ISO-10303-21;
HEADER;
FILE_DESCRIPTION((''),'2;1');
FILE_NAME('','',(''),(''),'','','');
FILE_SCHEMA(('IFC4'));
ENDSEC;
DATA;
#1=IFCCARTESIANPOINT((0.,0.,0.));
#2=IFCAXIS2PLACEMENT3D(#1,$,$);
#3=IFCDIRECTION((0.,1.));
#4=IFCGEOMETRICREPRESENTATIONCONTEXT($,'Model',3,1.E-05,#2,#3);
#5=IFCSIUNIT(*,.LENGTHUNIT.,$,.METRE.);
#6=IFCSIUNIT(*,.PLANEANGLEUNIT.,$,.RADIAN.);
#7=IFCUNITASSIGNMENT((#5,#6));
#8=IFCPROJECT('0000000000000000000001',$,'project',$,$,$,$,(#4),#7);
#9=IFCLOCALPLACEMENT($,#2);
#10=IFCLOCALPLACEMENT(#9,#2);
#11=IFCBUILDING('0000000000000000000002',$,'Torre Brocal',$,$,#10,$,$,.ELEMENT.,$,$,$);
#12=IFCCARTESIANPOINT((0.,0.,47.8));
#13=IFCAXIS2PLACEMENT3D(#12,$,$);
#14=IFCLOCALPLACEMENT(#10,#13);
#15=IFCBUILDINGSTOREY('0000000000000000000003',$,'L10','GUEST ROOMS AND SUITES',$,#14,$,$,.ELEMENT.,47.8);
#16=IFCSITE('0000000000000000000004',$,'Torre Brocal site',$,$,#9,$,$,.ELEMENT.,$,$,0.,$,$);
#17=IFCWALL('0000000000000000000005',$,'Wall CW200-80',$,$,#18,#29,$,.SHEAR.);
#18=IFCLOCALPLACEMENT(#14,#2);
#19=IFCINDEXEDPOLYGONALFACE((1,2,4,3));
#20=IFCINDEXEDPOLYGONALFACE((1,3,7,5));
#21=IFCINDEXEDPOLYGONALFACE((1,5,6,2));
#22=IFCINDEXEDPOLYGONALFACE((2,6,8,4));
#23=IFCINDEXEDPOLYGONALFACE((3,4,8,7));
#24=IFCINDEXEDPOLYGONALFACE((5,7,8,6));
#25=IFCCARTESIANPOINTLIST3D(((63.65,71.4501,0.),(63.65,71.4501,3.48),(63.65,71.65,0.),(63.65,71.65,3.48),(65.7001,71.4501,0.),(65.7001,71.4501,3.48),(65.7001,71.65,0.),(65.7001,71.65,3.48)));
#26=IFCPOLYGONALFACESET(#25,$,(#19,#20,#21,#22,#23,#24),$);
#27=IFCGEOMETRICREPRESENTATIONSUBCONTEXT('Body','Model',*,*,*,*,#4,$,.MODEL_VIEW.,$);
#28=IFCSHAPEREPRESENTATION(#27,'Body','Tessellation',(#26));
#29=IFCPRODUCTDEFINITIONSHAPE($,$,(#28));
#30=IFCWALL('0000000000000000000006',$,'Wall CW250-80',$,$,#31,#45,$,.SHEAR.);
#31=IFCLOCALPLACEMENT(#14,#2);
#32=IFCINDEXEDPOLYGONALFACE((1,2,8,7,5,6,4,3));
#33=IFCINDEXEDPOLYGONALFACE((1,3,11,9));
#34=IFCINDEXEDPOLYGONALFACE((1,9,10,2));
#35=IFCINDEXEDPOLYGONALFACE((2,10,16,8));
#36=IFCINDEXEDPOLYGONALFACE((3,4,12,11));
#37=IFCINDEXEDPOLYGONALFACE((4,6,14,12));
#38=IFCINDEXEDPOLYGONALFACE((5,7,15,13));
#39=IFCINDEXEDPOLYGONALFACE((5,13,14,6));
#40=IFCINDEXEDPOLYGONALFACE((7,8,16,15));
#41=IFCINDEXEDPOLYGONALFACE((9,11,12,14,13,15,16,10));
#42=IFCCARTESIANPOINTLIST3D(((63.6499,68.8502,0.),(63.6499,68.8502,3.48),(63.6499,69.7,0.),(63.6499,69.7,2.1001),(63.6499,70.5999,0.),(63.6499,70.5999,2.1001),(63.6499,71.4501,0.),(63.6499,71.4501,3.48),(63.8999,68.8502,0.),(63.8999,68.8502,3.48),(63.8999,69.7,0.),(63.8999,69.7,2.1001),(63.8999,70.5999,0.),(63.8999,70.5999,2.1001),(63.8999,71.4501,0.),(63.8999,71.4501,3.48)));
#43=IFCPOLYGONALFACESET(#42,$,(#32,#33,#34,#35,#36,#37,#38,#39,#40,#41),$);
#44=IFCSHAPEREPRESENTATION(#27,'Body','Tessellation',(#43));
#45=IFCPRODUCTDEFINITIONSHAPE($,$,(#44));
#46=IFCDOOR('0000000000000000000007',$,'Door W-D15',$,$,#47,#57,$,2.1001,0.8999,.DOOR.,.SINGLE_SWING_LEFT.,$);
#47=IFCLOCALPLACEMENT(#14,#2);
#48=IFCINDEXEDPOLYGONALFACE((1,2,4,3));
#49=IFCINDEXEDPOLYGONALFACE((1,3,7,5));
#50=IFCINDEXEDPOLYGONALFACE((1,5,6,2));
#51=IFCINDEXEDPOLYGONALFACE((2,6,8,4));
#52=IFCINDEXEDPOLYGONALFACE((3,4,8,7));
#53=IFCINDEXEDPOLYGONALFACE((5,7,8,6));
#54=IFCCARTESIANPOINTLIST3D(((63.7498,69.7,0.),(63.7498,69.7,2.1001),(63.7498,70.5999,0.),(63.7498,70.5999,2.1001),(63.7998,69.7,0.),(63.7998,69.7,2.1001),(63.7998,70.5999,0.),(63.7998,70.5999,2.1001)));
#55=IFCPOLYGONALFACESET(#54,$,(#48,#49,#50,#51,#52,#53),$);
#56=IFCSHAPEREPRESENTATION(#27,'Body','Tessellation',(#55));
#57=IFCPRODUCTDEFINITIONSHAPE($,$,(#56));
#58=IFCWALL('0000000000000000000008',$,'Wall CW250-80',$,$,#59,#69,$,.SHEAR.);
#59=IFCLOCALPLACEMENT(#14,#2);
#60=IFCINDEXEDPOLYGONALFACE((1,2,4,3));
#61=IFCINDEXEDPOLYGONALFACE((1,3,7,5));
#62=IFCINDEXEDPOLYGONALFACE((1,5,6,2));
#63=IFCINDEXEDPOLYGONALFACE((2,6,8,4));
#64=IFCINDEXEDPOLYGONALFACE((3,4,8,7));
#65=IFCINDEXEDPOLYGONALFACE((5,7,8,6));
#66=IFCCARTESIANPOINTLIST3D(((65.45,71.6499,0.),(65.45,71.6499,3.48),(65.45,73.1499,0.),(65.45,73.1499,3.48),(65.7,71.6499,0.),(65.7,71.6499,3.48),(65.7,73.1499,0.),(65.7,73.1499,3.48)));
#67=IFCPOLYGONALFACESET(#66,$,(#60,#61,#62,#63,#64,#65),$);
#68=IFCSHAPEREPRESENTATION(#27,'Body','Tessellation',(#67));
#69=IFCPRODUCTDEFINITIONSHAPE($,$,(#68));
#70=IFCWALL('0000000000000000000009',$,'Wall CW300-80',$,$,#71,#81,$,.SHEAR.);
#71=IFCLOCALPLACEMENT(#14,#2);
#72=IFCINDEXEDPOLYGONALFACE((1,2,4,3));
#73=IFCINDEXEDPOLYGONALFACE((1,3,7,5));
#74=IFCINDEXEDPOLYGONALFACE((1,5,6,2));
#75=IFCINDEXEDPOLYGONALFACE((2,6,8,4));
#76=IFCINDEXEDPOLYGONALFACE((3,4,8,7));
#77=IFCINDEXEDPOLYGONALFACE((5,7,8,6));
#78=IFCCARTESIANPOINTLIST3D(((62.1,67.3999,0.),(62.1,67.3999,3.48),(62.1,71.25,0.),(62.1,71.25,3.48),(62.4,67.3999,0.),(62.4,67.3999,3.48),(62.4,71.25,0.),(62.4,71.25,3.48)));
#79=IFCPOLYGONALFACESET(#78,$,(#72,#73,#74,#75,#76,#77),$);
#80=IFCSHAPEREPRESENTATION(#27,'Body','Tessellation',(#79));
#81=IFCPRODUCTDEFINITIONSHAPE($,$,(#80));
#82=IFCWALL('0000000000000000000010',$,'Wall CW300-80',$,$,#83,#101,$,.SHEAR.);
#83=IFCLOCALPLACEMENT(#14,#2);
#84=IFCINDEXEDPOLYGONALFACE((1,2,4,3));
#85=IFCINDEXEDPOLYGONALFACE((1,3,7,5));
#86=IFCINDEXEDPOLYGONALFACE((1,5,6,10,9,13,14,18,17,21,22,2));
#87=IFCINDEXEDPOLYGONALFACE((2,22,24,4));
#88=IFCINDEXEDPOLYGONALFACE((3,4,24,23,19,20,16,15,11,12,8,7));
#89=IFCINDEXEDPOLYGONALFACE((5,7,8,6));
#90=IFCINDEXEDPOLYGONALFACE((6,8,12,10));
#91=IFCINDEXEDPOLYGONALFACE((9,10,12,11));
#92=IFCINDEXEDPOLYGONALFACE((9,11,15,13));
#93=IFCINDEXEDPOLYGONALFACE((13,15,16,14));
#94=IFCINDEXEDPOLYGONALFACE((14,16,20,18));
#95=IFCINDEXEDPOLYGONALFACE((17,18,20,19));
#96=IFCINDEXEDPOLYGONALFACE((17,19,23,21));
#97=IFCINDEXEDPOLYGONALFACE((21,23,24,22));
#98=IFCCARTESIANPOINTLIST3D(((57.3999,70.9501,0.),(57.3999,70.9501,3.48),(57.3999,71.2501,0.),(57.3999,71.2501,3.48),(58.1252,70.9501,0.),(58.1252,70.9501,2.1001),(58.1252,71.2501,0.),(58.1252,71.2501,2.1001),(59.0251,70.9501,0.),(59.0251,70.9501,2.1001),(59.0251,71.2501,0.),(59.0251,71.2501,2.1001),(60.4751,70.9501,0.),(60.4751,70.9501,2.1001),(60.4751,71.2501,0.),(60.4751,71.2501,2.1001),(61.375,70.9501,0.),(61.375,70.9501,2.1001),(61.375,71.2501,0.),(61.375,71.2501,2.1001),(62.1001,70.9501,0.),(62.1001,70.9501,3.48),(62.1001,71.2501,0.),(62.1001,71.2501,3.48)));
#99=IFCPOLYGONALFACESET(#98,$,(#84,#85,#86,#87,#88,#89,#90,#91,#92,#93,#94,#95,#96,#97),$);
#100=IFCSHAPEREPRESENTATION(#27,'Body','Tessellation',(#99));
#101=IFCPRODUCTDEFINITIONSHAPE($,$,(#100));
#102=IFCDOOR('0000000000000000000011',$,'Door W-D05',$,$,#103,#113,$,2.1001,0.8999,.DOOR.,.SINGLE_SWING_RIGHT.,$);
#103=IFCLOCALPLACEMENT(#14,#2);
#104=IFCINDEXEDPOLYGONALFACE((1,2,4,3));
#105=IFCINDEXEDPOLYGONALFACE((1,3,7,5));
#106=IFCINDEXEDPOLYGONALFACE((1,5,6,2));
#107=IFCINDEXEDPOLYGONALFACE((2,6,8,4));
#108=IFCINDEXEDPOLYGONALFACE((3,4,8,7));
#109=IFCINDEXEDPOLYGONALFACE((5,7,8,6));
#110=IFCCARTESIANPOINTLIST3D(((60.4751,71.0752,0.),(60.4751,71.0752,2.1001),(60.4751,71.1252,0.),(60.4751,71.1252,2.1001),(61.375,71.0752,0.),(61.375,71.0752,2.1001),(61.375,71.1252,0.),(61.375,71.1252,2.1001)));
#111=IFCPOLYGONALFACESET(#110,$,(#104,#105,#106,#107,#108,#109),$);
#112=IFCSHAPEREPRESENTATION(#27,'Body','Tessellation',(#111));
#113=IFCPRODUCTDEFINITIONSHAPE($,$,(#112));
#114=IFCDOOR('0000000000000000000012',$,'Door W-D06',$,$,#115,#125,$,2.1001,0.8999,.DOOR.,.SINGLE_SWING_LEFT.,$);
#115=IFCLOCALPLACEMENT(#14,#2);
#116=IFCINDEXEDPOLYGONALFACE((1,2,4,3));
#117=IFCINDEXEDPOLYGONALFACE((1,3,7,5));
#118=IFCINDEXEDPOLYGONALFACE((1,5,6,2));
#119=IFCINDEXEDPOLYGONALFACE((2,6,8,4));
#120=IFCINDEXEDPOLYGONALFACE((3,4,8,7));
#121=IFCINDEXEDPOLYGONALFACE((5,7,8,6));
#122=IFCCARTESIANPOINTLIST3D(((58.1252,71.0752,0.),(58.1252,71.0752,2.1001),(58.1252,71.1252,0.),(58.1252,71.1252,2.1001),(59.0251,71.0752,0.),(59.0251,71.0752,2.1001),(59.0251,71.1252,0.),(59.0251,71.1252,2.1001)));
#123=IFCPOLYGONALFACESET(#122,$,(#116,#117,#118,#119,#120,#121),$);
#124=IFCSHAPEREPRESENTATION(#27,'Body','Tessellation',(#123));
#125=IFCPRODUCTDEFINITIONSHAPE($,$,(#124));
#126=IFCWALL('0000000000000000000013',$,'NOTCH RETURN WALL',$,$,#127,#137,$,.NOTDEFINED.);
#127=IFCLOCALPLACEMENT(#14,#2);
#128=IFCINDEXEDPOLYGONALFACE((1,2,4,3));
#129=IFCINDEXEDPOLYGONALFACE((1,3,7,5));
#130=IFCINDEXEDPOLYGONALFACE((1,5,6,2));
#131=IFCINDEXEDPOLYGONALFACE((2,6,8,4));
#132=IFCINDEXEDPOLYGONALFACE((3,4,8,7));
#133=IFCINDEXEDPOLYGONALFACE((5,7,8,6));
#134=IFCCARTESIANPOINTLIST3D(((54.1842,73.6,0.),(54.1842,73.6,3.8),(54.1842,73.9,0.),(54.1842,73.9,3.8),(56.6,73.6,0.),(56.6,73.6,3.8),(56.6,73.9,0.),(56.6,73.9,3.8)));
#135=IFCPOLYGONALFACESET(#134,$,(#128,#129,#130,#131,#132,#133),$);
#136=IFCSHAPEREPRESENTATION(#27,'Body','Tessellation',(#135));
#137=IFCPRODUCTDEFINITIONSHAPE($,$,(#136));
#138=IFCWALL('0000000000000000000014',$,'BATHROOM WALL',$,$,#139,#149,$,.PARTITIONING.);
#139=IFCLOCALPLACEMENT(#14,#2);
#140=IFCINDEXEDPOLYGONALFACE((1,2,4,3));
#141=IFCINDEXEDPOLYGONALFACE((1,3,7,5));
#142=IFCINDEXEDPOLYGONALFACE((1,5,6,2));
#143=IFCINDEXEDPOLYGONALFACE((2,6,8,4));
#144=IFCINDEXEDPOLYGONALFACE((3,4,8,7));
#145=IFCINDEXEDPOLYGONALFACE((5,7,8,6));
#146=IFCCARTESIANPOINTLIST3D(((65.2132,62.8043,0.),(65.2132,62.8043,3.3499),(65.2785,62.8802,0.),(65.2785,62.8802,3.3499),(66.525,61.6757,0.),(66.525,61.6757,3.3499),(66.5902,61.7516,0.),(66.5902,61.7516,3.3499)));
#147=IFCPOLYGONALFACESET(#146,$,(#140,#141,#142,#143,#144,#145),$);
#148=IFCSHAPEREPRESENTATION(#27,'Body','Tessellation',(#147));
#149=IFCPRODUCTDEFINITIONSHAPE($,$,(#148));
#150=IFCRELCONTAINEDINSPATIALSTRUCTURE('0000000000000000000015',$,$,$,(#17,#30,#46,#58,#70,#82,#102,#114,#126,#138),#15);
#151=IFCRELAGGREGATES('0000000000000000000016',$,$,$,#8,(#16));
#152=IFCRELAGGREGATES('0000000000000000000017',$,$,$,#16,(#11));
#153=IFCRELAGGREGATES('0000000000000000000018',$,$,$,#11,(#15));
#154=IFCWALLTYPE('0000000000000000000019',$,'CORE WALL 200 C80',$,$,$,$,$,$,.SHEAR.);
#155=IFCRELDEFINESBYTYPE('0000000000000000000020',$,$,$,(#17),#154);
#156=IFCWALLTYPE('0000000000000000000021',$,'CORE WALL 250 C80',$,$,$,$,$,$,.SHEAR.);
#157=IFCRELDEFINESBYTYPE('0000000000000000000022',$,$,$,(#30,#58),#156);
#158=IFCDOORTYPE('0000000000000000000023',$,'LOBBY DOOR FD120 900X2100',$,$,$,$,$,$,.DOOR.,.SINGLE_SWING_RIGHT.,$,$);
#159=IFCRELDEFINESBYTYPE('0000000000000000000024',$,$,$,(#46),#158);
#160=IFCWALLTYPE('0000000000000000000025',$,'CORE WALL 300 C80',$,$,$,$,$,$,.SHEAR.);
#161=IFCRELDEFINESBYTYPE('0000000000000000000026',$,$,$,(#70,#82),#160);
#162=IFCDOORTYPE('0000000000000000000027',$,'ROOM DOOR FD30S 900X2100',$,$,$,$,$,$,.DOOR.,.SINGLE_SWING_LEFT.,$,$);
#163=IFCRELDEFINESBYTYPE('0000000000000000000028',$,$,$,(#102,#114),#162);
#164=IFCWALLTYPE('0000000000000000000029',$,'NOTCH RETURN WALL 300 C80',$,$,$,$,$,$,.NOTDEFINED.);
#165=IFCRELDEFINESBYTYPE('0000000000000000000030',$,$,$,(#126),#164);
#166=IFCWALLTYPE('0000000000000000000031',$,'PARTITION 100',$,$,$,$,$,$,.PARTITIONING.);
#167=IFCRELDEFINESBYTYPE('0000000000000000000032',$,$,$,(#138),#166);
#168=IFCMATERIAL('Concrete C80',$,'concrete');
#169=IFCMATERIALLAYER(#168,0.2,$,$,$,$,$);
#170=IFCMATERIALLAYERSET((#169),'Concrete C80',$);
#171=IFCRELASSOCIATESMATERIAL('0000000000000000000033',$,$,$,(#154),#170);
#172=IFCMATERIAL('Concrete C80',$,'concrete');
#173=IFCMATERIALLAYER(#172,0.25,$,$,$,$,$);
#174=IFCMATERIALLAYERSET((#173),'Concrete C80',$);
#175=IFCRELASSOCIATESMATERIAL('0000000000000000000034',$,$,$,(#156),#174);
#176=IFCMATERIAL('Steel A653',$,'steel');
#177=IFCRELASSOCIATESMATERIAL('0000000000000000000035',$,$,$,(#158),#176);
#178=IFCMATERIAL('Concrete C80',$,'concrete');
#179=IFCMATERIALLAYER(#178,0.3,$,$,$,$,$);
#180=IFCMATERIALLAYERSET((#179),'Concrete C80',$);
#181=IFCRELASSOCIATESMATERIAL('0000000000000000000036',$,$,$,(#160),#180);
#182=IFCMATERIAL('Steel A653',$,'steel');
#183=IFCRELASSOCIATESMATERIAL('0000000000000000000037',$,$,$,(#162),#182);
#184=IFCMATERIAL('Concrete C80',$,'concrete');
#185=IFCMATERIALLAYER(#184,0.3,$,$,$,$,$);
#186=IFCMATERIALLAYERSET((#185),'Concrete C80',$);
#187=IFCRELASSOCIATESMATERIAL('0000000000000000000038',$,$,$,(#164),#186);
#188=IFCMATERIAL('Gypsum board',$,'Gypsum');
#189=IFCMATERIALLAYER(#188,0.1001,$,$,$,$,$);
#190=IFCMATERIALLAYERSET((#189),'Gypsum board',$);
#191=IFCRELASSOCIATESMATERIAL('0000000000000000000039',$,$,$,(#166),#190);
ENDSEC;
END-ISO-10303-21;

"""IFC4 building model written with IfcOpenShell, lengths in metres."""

from ifc_helpers import new_model, si_unit, direction, frame, frame_2d, origin, place, context, subcontext, project, spatial, rectangle, extrude, material, layer, layer_set, type_object, element, fill, save


model = new_model("IFC4")

# Units and contexts
model_context = context("Model", 3, precision=1e-05, world=origin(), true_north=direction((0.0, 1.0)))
body_context = subcontext(model_context, "Body", "Model", "MODEL_VIEW")
ifc_project = project(units=[si_unit("LENGTHUNIT", "METRE"), si_unit("PLANEANGLEUNIT", "RADIAN")], contexts=[model_context])

# Site, building, storey
site_placement = place(None, origin())
site = spatial("IfcSite", under=ifc_project, at=site_placement, Name="Torre Brocal site", CompositionType="ELEMENT", RefElevation=0.0)
building_placement = place(site_placement, origin())
building = spatial("IfcBuilding", under=site, at=building_placement, Name="Torre Brocal", CompositionType="ELEMENT")
storey_placement = place(building_placement, frame((0.0, 0.0, 47.8)))
storey = spatial("IfcBuildingStorey", under=building, at=storey_placement, Name="L10", Description="GUEST ROOMS AND SUITES", CompositionType="ELEMENT", Elevation=47.8)

# Wall
ifc_material_1 = material(Name="Concrete C80", Category="concrete")
ifc_layer_1 = layer(ifc_material_1, 0.2)
ifc_layer_set_1 = layer_set([ifc_layer_1], Name="Concrete C80")
wall_type_1 = type_object("IfcWallType", Name="CORE WALL 200 C80", PredefinedType="SHEAR", material=ifc_layer_set_1)
wall_1_placement = place(storey_placement, frame((65.7, 71.55, 0.0), z_axis=(0.0, 0.0, 1.0), x_axis=(-1.0, 0.0, 0.0)))
element("IfcWall", 1, at=wall_1_placement, inside=storey, type_object=wall_type_1, Name="Wall CW200-80", PredefinedType="SHEAR", context=body_context, shape_type="SweptSolid", body=[
    extrude(rectangle(XDim=2.05, YDim=0.2, at=frame_2d((1.0249, 0.0))), origin(), (0.0, 0.0, 1.0), 3.48),
])

# Wall, opening, door
ifc_material_2 = material(Name="Concrete C80", Category="concrete")
ifc_layer_2 = layer(ifc_material_2, 0.25)
ifc_layer_set_2 = layer_set([ifc_layer_2], Name="Concrete C80")
wall_type_2 = type_object("IfcWallType", Name="CORE WALL 250 C80", PredefinedType="SHEAR", material=ifc_layer_set_2)
wall_2_placement = place(storey_placement, frame((63.7749, 71.45, 0.0), z_axis=(0.0, 0.0, 1.0), x_axis=(0.0, -1.0, 0.0)))
wall_2 = element("IfcWall", 2, at=wall_2_placement, inside=storey, type_object=wall_type_2, Name="Wall CW250-80", PredefinedType="SHEAR", context=body_context, shape_type="SweptSolid", body=[
    extrude(rectangle(XDim=2.5999, YDim=0.25, at=frame_2d((1.2998, 0.0))), origin(), (0.0, 0.0, 1.0), 3.48),
])
opening_1_placement = place(wall_2_placement, frame((0.8501, 0.0, 0.0)))
opening_1 = element("IfcOpeningElement", 3, at=opening_1_placement, cuts=wall_2, PredefinedType="OPENING", context=body_context, shape_type="SweptSolid", body=[
    extrude(rectangle(XDim=0.8999, YDim=2.1001, at=frame_2d((0.45, 1.05))), frame((0.0, 0.135, 0.0), z_axis=(0.0, -1.0, 0.0), x_axis=(1.0, 0.0, 0.0)), (0.0, 0.0, 1.0), 0.27),
])
ifc_material_3 = material(Name="Steel A653", Category="steel")
door_type_1 = type_object("IfcDoorType", Name="LOBBY DOOR FD120 900X2100", OperationType="SINGLE_SWING_RIGHT", PredefinedType="DOOR", material=ifc_material_3)
door_1_placement = place(opening_1_placement, origin())
door_1 = element("IfcDoor", 4, at=door_1_placement, inside=storey, type_object=door_type_1, Name="Door W-D15", OperationType="SINGLE_SWING_LEFT", OverallHeight=2.1001, OverallWidth=0.8999, PredefinedType="DOOR", context=body_context, shape_type="SweptSolid", body=[
    extrude(rectangle(XDim=0.8999, YDim=2.1001, at=frame_2d((0.45, 1.05))), frame((0.0, 0.0249, 0.0), z_axis=(0.0, -1.0, 0.0), x_axis=(1.0, 0.0, 0.0)), (0.0, 0.0, 1.0), 0.05),
])
fill(opening_1, door_1)

# Walls
wall_3_placement = place(storey_placement, frame((65.575, 73.1499, 0.0), z_axis=(0.0, 0.0, 1.0), x_axis=(0.0, -1.0, 0.0)))
element("IfcWall", 5, at=wall_3_placement, inside=storey, type_object=wall_type_2, Name="Wall CW250-80", PredefinedType="SHEAR", context=body_context, shape_type="SweptSolid", body=[
    extrude(rectangle(XDim=1.5, YDim=0.25, at=frame_2d((0.75, 0.0))), origin(), (0.0, 0.0, 1.0), 3.48),
])
ifc_material_4 = material(Name="Concrete C80", Category="concrete")
ifc_layer_3 = layer(ifc_material_4, 0.3)
ifc_layer_set_3 = layer_set([ifc_layer_3], Name="Concrete C80")
wall_type_3 = type_object("IfcWallType", Name="CORE WALL 300 C80", PredefinedType="SHEAR", material=ifc_layer_set_3)
wall_4_placement = place(storey_placement, frame((62.25, 71.25, 0.0), z_axis=(0.0, 0.0, 1.0), x_axis=(0.0, -1.0, 0.0)))
element("IfcWall", 6, at=wall_4_placement, inside=storey, type_object=wall_type_3, Name="Wall CW300-80", PredefinedType="SHEAR", context=body_context, shape_type="SweptSolid", body=[
    extrude(rectangle(XDim=3.8501, YDim=0.3, at=frame_2d((1.925, 0.0))), origin(), (0.0, 0.0, 1.0), 3.48),
])

# Wall, openings, doors
wall_5_placement = place(storey_placement, frame((62.1001, 71.1001, 0.0), z_axis=(0.0, 0.0, 1.0), x_axis=(-1.0, 0.0, 0.0)))
wall_5 = element("IfcWall", 7, at=wall_5_placement, inside=storey, type_object=wall_type_3, Name="Wall CW300-80", PredefinedType="SHEAR", context=body_context, shape_type="SweptSolid", body=[
    extrude(rectangle(XDim=4.7002, YDim=0.3, at=frame_2d((2.3501, 0.0))), origin(), (0.0, 0.0, 1.0), 3.48),
])
opening_2_placement = place(wall_5_placement, frame((0.7251, 0.0, 0.0)))
opening_2 = element("IfcOpeningElement", 8, at=opening_2_placement, cuts=wall_5, PredefinedType="OPENING", context=body_context, shape_type="SweptSolid", body=[
    extrude(rectangle(XDim=0.8999, YDim=2.1001, at=frame_2d((0.45, 1.05))), frame((0.0, 0.1599, 0.0), z_axis=(0.0, -1.0, 0.0), x_axis=(1.0, 0.0, 0.0)), (0.0, 0.0, 1.0), 0.3201),
])
opening_3_placement = place(wall_5_placement, frame((3.075, 0.0, 0.0)))
opening_3 = element("IfcOpeningElement", 9, at=opening_3_placement, cuts=wall_5, PredefinedType="OPENING", context=body_context, shape_type="SweptSolid", body=[
    extrude(rectangle(XDim=0.8999, YDim=2.1001, at=frame_2d((0.45, 1.05))), frame((0.0, 0.1599, 0.0), z_axis=(0.0, -1.0, 0.0), x_axis=(1.0, 0.0, 0.0)), (0.0, 0.0, 1.0), 0.3201),
])
ifc_material_5 = material(Name="Steel A653", Category="steel")
door_type_2 = type_object("IfcDoorType", Name="ROOM DOOR FD30S 900X2100", OperationType="SINGLE_SWING_LEFT", PredefinedType="DOOR", material=ifc_material_5)
door_2_placement = place(opening_2_placement, origin())
door_2 = element("IfcDoor", 10, at=door_2_placement, inside=storey, type_object=door_type_2, Name="Door W-D05", OperationType="SINGLE_SWING_RIGHT", OverallHeight=2.1001, OverallWidth=0.8999, PredefinedType="DOOR", context=body_context, shape_type="SweptSolid", body=[
    extrude(rectangle(XDim=0.8999, YDim=2.1001, at=frame_2d((0.45, 1.05))), frame((0.0, 0.0249, 0.0), z_axis=(0.0, -1.0, 0.0), x_axis=(1.0, 0.0, 0.0)), (0.0, 0.0, 1.0), 0.05),
])
fill(opening_2, door_2)
door_3_placement = place(opening_3_placement, origin())
door_3 = element("IfcDoor", 11, at=door_3_placement, inside=storey, type_object=door_type_2, Name="Door W-D06", OperationType="SINGLE_SWING_LEFT", OverallHeight=2.1001, OverallWidth=0.8999, PredefinedType="DOOR", context=body_context, shape_type="SweptSolid", body=[
    extrude(rectangle(XDim=0.8999, YDim=2.1001, at=frame_2d((0.45, 1.05))), frame((0.0, 0.0249, 0.0), z_axis=(0.0, -1.0, 0.0), x_axis=(1.0, 0.0, 0.0)), (0.0, 0.0, 1.0), 0.05),
])
fill(opening_3, door_3)

# Walls
ifc_material_6 = material(Name="Concrete C80", Category="concrete")
ifc_layer_4 = layer(ifc_material_6, 0.3)
ifc_layer_set_4 = layer_set([ifc_layer_4], Name="Concrete C80")
wall_type_4 = type_object("IfcWallType", Name="NOTCH RETURN WALL 300 C80", PredefinedType="NOTDEFINED", material=ifc_layer_set_4)
wall_6_placement = place(storey_placement, frame((56.6001, 73.75, 0.0), z_axis=(0.0, 0.0, 1.0), x_axis=(-1.0, 0.0, 0.0)))
element("IfcWall", 12, at=wall_6_placement, inside=storey, type_object=wall_type_4, Name="NOTCH RETURN WALL", PredefinedType="NOTDEFINED", context=body_context, shape_type="SweptSolid", body=[
    extrude(rectangle(XDim=2.4158, YDim=0.3, at=frame_2d((1.208, 0.0))), origin(), (0.0, 0.0, 1.0), 3.8),
])
ifc_material_7 = material(Name="Gypsum board", Category="Gypsum")
ifc_layer_5 = layer(ifc_material_7, 0.1001)
ifc_layer_set_5 = layer_set([ifc_layer_5], Name="Gypsum board")
wall_type_5 = type_object("IfcWallType", Name="PARTITION 100", PredefinedType="PARTITIONING", material=ifc_layer_set_5)
wall_7_placement = place(storey_placement, frame((65.2458, 62.8423, 0.0), z_axis=(0.0, 0.0, 1.0), x_axis=(0.75803, -0.652219, 0.0)))
element("IfcWall", 13, at=wall_7_placement, inside=storey, type_object=wall_type_5, Name="BATHROOM WALL", PredefinedType="PARTITIONING", context=body_context, shape_type="SweptSolid", body=[
    extrude(rectangle(XDim=1.7305, YDim=0.1001, at=frame_2d((0.8652, 0.0))), origin(), (0.0, 0.0, 1.0), 3.3499),
])

save(model, "model.ifc")
